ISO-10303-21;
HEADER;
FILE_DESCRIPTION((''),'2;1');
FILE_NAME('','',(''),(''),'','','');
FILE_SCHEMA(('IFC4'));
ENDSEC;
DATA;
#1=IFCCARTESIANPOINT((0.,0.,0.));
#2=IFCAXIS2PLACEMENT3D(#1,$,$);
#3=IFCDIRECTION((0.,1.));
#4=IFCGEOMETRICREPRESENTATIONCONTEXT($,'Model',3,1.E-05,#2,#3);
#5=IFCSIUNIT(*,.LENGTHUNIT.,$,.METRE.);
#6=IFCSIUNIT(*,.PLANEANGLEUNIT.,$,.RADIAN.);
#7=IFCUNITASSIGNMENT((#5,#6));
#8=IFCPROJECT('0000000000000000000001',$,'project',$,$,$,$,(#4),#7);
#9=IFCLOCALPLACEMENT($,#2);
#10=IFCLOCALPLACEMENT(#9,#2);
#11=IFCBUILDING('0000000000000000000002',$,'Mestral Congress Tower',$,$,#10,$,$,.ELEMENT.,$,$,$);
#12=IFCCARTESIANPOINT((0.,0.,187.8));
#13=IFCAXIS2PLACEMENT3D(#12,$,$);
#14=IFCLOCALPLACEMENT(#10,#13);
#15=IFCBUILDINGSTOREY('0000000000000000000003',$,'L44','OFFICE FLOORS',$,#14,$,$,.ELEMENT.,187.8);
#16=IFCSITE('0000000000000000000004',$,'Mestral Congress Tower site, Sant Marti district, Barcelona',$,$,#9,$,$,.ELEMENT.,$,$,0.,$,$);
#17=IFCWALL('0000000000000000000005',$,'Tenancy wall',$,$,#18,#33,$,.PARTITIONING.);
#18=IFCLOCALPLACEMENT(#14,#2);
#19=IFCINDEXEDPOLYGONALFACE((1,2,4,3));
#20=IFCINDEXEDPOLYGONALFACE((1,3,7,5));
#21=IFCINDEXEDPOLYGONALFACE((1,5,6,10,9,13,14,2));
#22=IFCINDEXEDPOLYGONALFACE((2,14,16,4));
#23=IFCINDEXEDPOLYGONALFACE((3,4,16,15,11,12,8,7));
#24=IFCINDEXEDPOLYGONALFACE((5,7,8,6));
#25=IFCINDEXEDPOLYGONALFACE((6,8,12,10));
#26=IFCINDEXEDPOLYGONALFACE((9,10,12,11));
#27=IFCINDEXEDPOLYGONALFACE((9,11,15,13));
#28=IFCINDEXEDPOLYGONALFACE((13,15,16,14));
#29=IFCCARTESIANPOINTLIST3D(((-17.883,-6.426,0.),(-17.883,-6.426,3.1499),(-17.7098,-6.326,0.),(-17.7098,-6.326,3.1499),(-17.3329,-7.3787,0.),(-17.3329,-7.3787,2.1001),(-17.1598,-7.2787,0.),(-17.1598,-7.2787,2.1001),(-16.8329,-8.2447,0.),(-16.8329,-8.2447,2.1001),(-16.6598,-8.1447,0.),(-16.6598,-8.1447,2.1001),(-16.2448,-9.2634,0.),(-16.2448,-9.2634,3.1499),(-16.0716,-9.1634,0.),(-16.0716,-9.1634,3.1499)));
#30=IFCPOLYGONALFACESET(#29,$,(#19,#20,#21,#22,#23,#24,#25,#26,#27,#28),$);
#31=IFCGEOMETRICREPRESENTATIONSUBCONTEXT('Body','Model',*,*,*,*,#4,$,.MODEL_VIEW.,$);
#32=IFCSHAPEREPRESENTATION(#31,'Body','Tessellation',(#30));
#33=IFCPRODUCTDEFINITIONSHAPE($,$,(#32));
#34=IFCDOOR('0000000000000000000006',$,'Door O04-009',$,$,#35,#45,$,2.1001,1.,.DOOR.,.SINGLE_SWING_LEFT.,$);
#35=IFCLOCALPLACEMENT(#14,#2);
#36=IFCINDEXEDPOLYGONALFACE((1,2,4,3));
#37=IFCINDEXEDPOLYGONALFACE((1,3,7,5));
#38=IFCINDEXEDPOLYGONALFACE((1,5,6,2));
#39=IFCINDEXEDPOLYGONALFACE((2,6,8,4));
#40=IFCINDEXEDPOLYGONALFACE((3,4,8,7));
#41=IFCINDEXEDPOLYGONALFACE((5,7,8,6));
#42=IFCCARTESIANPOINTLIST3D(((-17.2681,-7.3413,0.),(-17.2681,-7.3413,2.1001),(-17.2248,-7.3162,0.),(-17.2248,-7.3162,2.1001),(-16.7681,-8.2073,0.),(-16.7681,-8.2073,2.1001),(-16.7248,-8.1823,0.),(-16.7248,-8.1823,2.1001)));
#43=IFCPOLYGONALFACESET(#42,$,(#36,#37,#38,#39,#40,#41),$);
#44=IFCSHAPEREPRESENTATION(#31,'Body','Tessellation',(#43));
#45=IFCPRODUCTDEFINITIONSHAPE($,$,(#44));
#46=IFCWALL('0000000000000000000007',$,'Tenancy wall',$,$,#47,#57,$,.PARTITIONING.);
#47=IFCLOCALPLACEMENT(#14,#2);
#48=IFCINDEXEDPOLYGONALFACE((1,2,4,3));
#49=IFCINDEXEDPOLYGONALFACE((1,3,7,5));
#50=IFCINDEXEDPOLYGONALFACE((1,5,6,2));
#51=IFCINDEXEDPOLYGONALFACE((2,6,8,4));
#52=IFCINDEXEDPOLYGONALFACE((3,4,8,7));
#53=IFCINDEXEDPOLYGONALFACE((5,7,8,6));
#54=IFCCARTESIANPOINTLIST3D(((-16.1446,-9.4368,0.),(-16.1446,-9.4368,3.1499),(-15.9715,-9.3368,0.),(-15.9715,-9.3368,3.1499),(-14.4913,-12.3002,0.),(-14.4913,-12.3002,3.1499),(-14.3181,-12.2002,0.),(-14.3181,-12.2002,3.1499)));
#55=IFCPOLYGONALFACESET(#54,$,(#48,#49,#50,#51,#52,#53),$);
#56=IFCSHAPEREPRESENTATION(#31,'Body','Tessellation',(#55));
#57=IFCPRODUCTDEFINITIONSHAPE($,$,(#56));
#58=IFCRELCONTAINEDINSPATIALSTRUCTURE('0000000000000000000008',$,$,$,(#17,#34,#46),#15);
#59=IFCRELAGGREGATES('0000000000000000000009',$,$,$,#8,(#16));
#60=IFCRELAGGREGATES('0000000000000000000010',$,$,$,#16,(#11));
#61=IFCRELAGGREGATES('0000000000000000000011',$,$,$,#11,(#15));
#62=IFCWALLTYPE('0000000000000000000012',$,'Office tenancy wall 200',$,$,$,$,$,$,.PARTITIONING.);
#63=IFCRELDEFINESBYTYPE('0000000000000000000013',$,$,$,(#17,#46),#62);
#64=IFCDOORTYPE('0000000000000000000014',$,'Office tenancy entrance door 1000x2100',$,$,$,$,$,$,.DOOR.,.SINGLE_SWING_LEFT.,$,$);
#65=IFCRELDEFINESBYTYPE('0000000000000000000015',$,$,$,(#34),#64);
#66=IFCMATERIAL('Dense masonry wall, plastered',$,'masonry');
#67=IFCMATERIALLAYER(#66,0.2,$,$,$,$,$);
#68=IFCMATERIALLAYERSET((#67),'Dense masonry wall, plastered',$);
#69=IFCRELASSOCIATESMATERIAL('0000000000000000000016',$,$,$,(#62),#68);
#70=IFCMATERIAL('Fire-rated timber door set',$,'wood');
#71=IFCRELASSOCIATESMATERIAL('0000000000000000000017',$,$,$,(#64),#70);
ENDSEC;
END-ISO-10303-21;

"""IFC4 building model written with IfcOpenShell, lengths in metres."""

from ifc_helpers import new_model, si_unit, direction, frame, frame_2d, origin, place, context, subcontext, project, spatial, rectangle, extrude, material, layer, layer_set, type_object, element, fill, save


model = new_model("IFC4")

# Units and contexts
model_context = context("Model", 3, precision=1e-05, world=origin(), true_north=direction((0.0, 1.0)))
body_context = subcontext(model_context, "Body", "Model", "MODEL_VIEW")
ifc_project = project(units=[si_unit("LENGTHUNIT", "METRE"), si_unit("PLANEANGLEUNIT", "RADIAN")], contexts=[model_context])

# Site, building, storey
site_placement = place(None, origin())
site = spatial("IfcSite", under=ifc_project, at=site_placement, Name="Mestral Congress Tower site, Sant Marti district, Barcelona", CompositionType="ELEMENT", RefElevation=0.0)
building_placement = place(site_placement, origin())
building = spatial("IfcBuilding", under=site, at=building_placement, Name="Mestral Congress Tower", CompositionType="ELEMENT")
storey_placement = place(building_placement, frame((0.0, 0.0, 187.8)))
storey = spatial("IfcBuildingStorey", under=building, at=storey_placement, Name="L44", Description="OFFICE FLOORS", CompositionType="ELEMENT", Elevation=187.8)

# Shared definitions
ifc_material_1 = material(Name="Dense masonry wall, plastered", Category="masonry")
ifc_layer_1 = layer(ifc_material_1, 0.2)
ifc_layer_set_1 = layer_set([ifc_layer_1], Name="Dense masonry wall, plastered")
wall_type_1 = type_object("IfcWallType", Name="Office tenancy wall 200", PredefinedType="PARTITIONING", material=ifc_layer_set_1)

# Wall, opening, door
wall_1_placement = place(storey_placement, frame((-17.7964, -6.376, 0.0), z_axis=(0.0, 0.0, 1.0), x_axis=(0.500002, -0.866024, 0.0)))
wall_1 = element("IfcWall", 1, at=wall_1_placement, inside=storey, type_object=wall_type_1, Name="Tenancy wall", PredefinedType="PARTITIONING", context=body_context, shape_type="SweptSolid", body=[
    extrude(rectangle(XDim=3.2764, YDim=0.2, at=frame_2d((1.6382, 0.0))), origin(), (0.0, 0.0, 1.0), 3.1499),
])
opening_1_placement = place(wall_1_placement, frame((1.1001, 0.0, 0.0)))
opening_1 = element("IfcOpeningElement", 2, at=opening_1_placement, cuts=wall_1, PredefinedType="OPENING", context=body_context, shape_type="SweptSolid", body=[
    extrude(rectangle(XDim=1.0, YDim=2.1001, at=frame_2d((0.5, 1.05))), frame((0.0, 0.1099, 0.0), z_axis=(0.0, -1.0, 0.0), x_axis=(1.0, 0.0, 0.0)), (0.0, 0.0, 1.0), 0.22),
])
ifc_material_2 = material(Name="Fire-rated timber door set", Category="wood")
door_type = type_object("IfcDoorType", Name="Office tenancy entrance door 1000x2100", OperationType="SINGLE_SWING_LEFT", PredefinedType="DOOR", material=ifc_material_2)
door_placement = place(opening_1_placement, origin())
door = element("IfcDoor", 3, at=door_placement, inside=storey, type_object=door_type, Name="Door O04-009", OperationType="SINGLE_SWING_LEFT", OverallHeight=2.1001, OverallWidth=1.0, PredefinedType="DOOR", context=body_context, shape_type="SweptSolid", body=[
    extrude(rectangle(XDim=1.0, YDim=2.1001, at=frame_2d((0.5, 1.05))), frame((0.0, 0.0249, 0.0), z_axis=(0.0, -1.0, 0.0), x_axis=(1.0, 0.0, 0.0)), (0.0, 0.0, 1.0), 0.05),
])
fill(opening_1, door)

# Wall
wall_2_placement = place(storey_placement, frame((-16.0581, -9.3867, 0.0), z_axis=(0.0, 0.0, 1.0), x_axis=(0.500046, -0.865999, 0.0)))
element("IfcWall", 4, at=wall_2_placement, inside=storey, type_object=wall_type_1, Name="Tenancy wall", PredefinedType="PARTITIONING", context=body_context, shape_type="SweptSolid", body=[
    extrude(rectangle(XDim=3.3064, YDim=0.2, at=frame_2d((1.6533, 0.0))), origin(), (0.0, 0.0, 1.0), 3.1499),
])

save(model, "model.ifc")
